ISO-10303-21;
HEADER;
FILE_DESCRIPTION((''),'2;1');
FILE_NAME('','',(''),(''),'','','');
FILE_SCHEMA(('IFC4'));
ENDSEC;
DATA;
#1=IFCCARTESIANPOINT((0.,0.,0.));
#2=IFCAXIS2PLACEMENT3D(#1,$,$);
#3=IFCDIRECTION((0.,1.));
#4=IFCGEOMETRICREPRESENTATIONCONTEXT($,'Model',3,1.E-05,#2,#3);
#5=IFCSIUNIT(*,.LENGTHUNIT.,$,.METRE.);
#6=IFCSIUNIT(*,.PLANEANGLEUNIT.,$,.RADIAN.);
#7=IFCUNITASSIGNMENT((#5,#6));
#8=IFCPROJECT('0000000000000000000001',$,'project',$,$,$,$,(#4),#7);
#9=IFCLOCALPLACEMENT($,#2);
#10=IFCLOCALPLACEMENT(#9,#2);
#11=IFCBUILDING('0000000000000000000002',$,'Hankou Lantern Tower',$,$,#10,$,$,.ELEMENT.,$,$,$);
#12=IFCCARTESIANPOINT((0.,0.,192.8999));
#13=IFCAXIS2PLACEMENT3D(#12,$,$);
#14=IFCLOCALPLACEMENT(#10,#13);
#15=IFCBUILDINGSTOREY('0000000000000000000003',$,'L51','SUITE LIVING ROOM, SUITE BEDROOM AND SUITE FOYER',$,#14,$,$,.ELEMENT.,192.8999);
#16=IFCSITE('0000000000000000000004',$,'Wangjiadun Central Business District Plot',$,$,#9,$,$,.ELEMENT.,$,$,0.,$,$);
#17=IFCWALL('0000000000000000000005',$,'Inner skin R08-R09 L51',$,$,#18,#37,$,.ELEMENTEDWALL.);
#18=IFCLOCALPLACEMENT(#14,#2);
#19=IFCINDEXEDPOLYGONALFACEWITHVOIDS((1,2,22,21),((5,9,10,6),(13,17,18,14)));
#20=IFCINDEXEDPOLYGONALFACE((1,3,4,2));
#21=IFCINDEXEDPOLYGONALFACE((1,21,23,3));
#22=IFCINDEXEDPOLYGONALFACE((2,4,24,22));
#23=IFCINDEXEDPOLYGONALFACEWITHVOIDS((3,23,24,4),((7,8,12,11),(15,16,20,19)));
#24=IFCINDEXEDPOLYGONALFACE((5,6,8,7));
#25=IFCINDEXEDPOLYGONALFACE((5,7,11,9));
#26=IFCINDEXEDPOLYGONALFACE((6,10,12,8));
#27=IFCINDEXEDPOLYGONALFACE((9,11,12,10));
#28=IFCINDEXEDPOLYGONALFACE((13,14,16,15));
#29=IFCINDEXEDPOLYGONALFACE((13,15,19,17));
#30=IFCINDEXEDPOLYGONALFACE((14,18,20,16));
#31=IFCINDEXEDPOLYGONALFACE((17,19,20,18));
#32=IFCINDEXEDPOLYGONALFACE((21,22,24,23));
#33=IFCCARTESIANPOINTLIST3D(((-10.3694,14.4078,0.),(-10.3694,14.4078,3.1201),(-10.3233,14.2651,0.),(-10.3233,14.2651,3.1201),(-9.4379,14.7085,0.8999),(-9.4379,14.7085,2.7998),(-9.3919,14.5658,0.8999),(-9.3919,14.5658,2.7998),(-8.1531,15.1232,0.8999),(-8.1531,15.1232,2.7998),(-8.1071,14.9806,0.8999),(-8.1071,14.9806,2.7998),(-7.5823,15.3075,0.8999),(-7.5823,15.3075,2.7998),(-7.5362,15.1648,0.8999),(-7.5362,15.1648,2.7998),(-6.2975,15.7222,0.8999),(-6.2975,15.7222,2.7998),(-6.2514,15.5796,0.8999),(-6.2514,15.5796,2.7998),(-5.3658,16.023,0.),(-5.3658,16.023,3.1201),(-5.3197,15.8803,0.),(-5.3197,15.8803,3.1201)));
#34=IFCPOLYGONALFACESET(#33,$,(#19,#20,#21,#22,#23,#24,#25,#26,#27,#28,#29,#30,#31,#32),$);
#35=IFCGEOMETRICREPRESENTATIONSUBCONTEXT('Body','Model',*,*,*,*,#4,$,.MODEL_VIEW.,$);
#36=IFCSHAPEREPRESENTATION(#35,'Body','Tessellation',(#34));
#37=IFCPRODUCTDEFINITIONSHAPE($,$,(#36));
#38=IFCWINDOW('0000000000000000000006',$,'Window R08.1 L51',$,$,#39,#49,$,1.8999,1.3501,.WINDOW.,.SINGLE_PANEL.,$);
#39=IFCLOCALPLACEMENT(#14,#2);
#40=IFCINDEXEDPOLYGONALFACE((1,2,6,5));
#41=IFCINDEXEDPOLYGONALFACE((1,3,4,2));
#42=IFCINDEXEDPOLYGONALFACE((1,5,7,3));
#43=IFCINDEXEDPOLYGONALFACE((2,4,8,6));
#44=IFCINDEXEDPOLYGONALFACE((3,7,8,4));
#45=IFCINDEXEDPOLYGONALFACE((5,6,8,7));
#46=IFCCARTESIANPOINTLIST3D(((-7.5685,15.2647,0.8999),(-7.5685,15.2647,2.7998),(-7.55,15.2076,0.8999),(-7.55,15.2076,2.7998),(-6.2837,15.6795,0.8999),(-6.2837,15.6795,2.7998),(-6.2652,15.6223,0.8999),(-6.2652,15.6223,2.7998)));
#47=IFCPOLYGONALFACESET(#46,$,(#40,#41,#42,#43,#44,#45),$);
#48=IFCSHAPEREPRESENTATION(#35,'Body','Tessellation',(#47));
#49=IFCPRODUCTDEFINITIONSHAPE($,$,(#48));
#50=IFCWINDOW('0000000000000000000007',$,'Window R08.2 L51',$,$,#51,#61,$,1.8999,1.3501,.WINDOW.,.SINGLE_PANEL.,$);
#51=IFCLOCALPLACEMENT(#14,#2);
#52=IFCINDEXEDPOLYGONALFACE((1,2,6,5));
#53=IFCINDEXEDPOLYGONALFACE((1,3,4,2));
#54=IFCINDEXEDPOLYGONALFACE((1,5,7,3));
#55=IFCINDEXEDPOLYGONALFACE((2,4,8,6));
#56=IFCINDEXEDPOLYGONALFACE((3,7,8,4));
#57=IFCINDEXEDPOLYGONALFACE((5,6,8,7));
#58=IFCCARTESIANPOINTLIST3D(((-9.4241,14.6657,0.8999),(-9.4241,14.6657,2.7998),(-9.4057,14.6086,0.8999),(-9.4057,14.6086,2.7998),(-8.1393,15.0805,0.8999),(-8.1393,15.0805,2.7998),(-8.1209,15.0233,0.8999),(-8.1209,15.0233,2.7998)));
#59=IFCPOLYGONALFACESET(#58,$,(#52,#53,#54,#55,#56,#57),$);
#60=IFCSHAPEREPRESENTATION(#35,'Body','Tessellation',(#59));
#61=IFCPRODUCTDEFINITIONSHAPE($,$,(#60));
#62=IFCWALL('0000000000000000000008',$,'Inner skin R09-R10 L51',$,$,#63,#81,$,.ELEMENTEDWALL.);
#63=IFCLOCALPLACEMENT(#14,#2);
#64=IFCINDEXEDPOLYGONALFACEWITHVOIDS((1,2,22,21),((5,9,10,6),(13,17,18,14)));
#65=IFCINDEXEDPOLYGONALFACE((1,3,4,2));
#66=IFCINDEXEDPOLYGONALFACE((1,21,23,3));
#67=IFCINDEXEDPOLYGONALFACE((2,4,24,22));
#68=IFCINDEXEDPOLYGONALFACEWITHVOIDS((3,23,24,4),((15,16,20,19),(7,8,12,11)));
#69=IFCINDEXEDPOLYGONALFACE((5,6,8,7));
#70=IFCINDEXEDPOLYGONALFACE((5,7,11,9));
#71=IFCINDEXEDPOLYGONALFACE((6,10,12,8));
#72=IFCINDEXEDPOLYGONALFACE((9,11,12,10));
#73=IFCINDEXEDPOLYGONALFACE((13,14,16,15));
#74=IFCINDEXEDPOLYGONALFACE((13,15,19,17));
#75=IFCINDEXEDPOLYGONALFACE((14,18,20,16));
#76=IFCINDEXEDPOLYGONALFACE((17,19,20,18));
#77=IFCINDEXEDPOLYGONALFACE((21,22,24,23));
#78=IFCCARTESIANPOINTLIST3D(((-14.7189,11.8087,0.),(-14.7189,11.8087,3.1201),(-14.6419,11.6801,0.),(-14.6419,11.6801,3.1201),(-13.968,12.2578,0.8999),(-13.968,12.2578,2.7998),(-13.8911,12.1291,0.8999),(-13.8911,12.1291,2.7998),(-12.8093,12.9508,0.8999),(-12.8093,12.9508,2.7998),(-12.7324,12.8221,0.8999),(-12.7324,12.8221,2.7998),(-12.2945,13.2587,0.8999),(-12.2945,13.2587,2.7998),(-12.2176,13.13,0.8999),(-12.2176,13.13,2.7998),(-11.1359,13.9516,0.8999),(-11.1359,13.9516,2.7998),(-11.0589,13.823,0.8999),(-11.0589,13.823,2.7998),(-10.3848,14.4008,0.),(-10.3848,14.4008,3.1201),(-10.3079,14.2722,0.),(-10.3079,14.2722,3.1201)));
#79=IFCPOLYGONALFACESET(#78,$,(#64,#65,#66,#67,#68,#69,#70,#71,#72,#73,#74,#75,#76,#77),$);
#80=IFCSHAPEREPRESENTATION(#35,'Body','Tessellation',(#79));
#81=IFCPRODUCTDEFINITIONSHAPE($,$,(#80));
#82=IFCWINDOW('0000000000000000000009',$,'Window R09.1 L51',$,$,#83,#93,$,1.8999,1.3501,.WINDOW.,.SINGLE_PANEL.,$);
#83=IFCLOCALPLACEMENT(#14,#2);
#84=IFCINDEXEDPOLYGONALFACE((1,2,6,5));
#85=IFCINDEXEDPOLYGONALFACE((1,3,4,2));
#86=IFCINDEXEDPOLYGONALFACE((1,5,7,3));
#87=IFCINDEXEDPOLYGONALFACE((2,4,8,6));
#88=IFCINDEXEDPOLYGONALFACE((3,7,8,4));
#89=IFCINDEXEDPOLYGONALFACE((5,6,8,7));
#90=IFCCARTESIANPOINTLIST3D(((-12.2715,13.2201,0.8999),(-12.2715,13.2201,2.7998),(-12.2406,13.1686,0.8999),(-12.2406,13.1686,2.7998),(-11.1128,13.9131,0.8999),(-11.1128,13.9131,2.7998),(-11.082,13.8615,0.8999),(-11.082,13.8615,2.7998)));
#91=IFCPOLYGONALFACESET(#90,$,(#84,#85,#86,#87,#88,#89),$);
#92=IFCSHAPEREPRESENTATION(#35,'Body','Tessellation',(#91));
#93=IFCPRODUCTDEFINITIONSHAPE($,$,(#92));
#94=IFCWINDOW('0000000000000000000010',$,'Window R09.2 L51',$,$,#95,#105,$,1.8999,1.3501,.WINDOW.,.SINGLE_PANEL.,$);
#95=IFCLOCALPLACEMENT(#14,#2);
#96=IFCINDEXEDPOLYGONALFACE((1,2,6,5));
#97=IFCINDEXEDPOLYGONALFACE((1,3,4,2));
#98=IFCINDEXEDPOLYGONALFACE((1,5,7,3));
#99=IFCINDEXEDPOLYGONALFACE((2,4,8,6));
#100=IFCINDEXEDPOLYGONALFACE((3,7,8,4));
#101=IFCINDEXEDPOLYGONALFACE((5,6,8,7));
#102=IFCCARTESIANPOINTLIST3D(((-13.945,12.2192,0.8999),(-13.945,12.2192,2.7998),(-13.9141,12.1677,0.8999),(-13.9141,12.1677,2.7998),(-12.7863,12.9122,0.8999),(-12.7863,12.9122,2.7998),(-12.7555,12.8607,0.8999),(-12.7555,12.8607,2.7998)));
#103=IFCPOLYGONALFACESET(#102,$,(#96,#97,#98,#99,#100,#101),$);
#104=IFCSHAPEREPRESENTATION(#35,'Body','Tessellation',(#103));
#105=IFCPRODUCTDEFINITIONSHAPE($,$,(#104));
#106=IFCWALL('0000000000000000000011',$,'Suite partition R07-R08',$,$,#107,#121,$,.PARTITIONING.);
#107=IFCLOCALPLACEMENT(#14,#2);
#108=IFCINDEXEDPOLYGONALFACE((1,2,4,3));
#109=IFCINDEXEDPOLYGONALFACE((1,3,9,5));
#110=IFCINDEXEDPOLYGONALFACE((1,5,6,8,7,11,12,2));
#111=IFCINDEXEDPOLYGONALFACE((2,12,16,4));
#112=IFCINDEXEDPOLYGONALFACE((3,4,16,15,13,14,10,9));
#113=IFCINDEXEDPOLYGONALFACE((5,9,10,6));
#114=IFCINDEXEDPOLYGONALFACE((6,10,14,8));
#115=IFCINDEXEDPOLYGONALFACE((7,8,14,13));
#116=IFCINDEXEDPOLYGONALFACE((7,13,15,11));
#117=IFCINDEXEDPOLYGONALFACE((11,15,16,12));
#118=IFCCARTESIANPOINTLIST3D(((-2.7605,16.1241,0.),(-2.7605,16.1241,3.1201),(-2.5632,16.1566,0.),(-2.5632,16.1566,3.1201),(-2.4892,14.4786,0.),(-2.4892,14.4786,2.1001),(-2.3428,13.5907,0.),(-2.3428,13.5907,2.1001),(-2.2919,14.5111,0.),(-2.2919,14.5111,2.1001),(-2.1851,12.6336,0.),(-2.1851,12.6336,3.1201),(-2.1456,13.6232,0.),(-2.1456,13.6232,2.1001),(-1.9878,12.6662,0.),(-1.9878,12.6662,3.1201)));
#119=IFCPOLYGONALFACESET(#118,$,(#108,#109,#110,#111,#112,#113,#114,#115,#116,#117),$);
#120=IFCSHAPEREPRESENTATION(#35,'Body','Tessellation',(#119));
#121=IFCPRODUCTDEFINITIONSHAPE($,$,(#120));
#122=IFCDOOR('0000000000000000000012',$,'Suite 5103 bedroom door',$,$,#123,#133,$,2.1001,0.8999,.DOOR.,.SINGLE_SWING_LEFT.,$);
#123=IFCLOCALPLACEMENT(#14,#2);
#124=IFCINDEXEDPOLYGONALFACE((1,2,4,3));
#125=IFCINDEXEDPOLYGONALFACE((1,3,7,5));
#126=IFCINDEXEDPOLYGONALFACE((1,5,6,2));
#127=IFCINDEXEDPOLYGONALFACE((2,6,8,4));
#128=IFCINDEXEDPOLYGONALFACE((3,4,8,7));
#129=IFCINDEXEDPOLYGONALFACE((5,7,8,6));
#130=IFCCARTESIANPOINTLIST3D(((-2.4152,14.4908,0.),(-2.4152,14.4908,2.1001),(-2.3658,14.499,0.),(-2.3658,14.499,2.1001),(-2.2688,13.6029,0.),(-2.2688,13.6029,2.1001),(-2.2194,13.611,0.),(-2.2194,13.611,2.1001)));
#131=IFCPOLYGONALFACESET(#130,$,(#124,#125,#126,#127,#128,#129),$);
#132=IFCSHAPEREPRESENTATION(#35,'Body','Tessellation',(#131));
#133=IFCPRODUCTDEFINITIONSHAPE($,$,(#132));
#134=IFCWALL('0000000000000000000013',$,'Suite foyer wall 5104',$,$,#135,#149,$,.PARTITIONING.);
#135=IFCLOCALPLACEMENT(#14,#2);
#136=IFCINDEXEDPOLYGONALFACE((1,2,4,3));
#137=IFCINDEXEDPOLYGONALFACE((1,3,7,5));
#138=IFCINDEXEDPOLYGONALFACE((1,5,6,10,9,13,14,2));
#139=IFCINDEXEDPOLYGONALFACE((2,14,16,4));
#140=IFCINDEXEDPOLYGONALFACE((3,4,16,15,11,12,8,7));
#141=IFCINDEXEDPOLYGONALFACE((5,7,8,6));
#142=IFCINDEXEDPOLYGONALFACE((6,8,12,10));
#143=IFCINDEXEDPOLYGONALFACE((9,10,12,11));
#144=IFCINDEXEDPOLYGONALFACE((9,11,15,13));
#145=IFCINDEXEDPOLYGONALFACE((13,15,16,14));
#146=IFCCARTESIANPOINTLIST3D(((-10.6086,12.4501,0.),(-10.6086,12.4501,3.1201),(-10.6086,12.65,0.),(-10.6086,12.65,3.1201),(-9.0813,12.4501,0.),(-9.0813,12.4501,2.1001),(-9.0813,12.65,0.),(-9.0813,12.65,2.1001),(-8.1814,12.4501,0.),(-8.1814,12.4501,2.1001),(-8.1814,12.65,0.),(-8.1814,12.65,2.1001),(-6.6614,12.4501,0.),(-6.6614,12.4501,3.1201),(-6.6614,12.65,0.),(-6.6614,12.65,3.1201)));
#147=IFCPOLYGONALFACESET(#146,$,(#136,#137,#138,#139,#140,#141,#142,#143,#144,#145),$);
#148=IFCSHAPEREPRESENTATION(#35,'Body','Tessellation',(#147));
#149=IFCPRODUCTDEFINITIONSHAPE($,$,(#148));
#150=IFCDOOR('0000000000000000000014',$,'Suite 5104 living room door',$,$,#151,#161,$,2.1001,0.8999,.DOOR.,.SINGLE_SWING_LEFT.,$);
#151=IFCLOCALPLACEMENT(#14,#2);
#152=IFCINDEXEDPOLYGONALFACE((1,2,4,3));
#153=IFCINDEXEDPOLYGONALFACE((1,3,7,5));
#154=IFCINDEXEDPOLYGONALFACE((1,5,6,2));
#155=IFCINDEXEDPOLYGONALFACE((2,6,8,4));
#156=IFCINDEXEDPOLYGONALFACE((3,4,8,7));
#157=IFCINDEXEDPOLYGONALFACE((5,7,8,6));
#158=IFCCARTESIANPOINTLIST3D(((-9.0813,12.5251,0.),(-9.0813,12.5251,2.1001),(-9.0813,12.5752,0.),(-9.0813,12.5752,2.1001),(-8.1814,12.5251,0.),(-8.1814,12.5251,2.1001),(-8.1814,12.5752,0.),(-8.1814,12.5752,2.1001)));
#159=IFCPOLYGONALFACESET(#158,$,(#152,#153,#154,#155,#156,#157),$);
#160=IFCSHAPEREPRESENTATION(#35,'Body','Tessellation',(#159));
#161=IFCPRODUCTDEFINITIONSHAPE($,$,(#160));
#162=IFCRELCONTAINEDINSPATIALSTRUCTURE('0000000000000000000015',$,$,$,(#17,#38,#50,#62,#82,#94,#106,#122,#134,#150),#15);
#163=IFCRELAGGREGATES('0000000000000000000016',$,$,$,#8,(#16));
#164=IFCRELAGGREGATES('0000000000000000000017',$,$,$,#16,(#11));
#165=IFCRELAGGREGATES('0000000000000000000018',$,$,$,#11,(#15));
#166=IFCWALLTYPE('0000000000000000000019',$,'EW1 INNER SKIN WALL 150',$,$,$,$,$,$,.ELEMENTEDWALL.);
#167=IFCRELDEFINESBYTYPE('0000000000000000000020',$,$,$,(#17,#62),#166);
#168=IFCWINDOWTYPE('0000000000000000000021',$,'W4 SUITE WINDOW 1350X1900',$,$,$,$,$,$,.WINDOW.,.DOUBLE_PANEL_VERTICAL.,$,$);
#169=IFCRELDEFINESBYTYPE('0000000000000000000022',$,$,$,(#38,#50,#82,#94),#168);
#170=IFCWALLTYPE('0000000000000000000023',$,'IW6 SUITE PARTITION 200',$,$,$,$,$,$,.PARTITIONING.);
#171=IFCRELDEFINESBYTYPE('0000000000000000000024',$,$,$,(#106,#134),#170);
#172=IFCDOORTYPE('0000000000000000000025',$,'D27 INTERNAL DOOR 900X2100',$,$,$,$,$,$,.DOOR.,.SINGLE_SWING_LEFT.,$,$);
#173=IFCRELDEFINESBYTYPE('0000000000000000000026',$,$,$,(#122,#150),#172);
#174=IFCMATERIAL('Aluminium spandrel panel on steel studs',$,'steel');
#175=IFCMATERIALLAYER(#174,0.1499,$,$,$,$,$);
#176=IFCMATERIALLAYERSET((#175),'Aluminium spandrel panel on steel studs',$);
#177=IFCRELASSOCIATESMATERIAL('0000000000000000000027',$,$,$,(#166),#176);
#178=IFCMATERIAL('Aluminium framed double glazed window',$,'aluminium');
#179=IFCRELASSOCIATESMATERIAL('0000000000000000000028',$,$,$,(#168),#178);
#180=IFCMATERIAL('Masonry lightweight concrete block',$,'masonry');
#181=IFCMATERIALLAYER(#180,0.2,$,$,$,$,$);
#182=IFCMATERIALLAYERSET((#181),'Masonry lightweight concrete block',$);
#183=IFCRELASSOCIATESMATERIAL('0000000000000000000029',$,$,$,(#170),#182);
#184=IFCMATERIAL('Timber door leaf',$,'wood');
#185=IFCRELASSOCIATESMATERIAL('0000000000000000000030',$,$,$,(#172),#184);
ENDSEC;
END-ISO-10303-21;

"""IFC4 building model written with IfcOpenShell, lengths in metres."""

from ifc_helpers import new_model, si_unit, direction, frame, frame_2d, origin, place, context, subcontext, project, spatial, rectangle, extrude, material, layer, layer_set, type_object, element, fill, save


model = new_model("IFC4")

# Units and contexts
model_context = context("Model", 3, precision=1e-05, world=origin(), true_north=direction((0.0, 1.0)))
body_context = subcontext(model_context, "Body", "Model", "MODEL_VIEW")
ifc_project = project(units=[si_unit("LENGTHUNIT", "METRE"), si_unit("PLANEANGLEUNIT", "RADIAN")], contexts=[model_context])

# Site, building, storey
site_placement = place(None, origin())
site = spatial("IfcSite", under=ifc_project, at=site_placement, Name="Wangjiadun Central Business District Plot", CompositionType="ELEMENT", RefElevation=0.0)
building_placement = place(site_placement, origin())
building = spatial("IfcBuilding", under=site, at=building_placement, Name="Hankou Lantern Tower", CompositionType="ELEMENT")
storey_placement = place(building_placement, frame((0.0, 0.0, 192.8999)))
storey = spatial("IfcBuildingStorey", under=building, at=storey_placement, Name="L51", Description="SUITE LIVING ROOM, SUITE BEDROOM AND SUITE FOYER", CompositionType="ELEMENT", Elevation=192.8999)

# Walls, openings, windows
ifc_material_1 = material(Name="Aluminium spandrel panel on steel studs", Category="steel")
ifc_layer_1 = layer(ifc_material_1, 0.1499)
ifc_layer_set_1 = layer_set([ifc_layer_1], Name="Aluminium spandrel panel on steel studs")
wall_type_1 = type_object("IfcWallType", Name="EW1 INNER SKIN WALL 150", PredefinedType="ELEMENTEDWALL", material=ifc_layer_set_1)
wall_1_placement = place(storey_placement, frame((-5.3428, 15.9517, 0.0), z_axis=(0.0, 0.0, 1.0), x_axis=(-0.951645, -0.307201, 0.0)))
wall_1 = element("IfcWall", 1, at=wall_1_placement, inside=storey, type_object=wall_type_1, Name="Inner skin R08-R09 L51", PredefinedType="ELEMENTEDWALL", context=body_context, shape_type="SweptSolid", body=[
    extrude(rectangle(XDim=5.2578, YDim=0.1499, at=frame_2d((2.6289, 0.0))), origin(), (0.0, 0.0, 1.0), 3.1201),
])
opening_1_placement = place(wall_1_placement, frame((0.979, 0.0, 0.8999)))
opening_1 = element("IfcOpeningElement", 2, at=opening_1_placement, cuts=wall_1, PredefinedType="OPENING", context=body_context, shape_type="SweptSolid", body=[
    extrude(rectangle(XDim=1.3501, YDim=1.8999, at=frame_2d((0.675, 0.95))), frame((0.0, 0.085, 0.0), z_axis=(0.0, -1.0, 0.0), x_axis=(1.0, 0.0, 0.0)), (0.0, 0.0, 1.0), 0.1699),
])
opening_2_placement = place(wall_1_placement, frame((2.929, 0.0, 0.8999)))
opening_2 = element("IfcOpeningElement", 3, at=opening_2_placement, cuts=wall_1, PredefinedType="OPENING", context=body_context, shape_type="SweptSolid", body=[
    extrude(rectangle(XDim=1.3501, YDim=1.8999, at=frame_2d((0.675, 0.95))), frame((0.0, 0.085, 0.0), z_axis=(0.0, -1.0, 0.0), x_axis=(1.0, 0.0, 0.0)), (0.0, 0.0, 1.0), 0.1699),
])
ifc_material_2 = material(Name="Aluminium framed double glazed window", Category="aluminium")
window_type = type_object("IfcWindowType", Name="W4 SUITE WINDOW 1350X1900", PartitioningType="DOUBLE_PANEL_VERTICAL", PredefinedType="WINDOW", material=ifc_material_2)
window_1_placement = place(opening_1_placement, origin())
window_1 = element("IfcWindow", 4, at=window_1_placement, inside=storey, type_object=window_type, Name="Window R08.1 L51", OverallHeight=1.8999, OverallWidth=1.3501, PartitioningType="SINGLE_PANEL", PredefinedType="WINDOW", context=body_context, shape_type="SweptSolid", body=[
    extrude(rectangle(XDim=1.3501, YDim=1.8999, at=frame_2d((0.675, 0.95))), frame((0.0, 0.03, 0.0), z_axis=(0.0, -1.0, 0.0), x_axis=(1.0, 0.0, 0.0)), (0.0, 0.0, 1.0), 0.0601),
])
fill(opening_1, window_1)
window_2_placement = place(opening_2_placement, origin())
window_2 = element("IfcWindow", 5, at=window_2_placement, inside=storey, type_object=window_type, Name="Window R08.2 L51", OverallHeight=1.8999, OverallWidth=1.3501, PartitioningType="SINGLE_PANEL", PredefinedType="WINDOW", context=body_context, shape_type="SweptSolid", body=[
    extrude(rectangle(XDim=1.3501, YDim=1.8999, at=frame_2d((0.675, 0.95))), frame((0.0, 0.03, 0.0), z_axis=(0.0, -1.0, 0.0), x_axis=(1.0, 0.0, 0.0)), (0.0, 0.0, 1.0), 0.0601),
])
fill(opening_2, window_2)
wall_2_placement = place(storey_placement, frame((-10.3464, 14.3364, 0.0), z_axis=(0.0, 0.0, 1.0), x_axis=(-0.858222, -0.51328, 0.0)))
wall_2 = element("IfcWall", 6, at=wall_2_placement, inside=storey, type_object=wall_type_1, Name="Inner skin R09-R10 L51", PredefinedType="ELEMENTEDWALL", context=body_context, shape_type="SweptSolid", body=[
    extrude(rectangle(XDim=5.05, YDim=0.1499, at=frame_2d((2.5249, 0.0))), origin(), (0.0, 0.0, 1.0), 3.1201),
])
opening_3_placement = place(wall_2_placement, frame((0.875, 0.0, 0.8999)))
opening_3 = element("IfcOpeningElement", 7, at=opening_3_placement, cuts=wall_2, PredefinedType="OPENING", context=body_context, shape_type="SweptSolid", body=[
    extrude(rectangle(XDim=1.3501, YDim=1.8999, at=frame_2d((0.675, 0.95))), frame((0.0, 0.085, 0.0), z_axis=(0.0, -1.0, 0.0), x_axis=(1.0, 0.0, 0.0)), (0.0, 0.0, 1.0), 0.1699),
])
opening_4_placement = place(wall_2_placement, frame((2.825, 0.0, 0.8999)))
opening_4 = element("IfcOpeningElement", 8, at=opening_4_placement, cuts=wall_2, PredefinedType="OPENING", context=body_context, shape_type="SweptSolid", body=[
    extrude(rectangle(XDim=1.3501, YDim=1.8999, at=frame_2d((0.675, 0.95))), frame((0.0, 0.085, 0.0), z_axis=(0.0, -1.0, 0.0), x_axis=(1.0, 0.0, 0.0)), (0.0, 0.0, 1.0), 0.1699),
])
window_3_placement = place(opening_3_placement, origin())
window_3 = element("IfcWindow", 9, at=window_3_placement, inside=storey, type_object=window_type, Name="Window R09.1 L51", OverallHeight=1.8999, OverallWidth=1.3501, PartitioningType="SINGLE_PANEL", PredefinedType="WINDOW", context=body_context, shape_type="SweptSolid", body=[
    extrude(rectangle(XDim=1.3501, YDim=1.8999, at=frame_2d((0.675, 0.95))), frame((0.0, 0.03, 0.0), z_axis=(0.0, -1.0, 0.0), x_axis=(1.0, 0.0, 0.0)), (0.0, 0.0, 1.0), 0.0601),
])
fill(opening_3, window_3)
window_4_placement = place(opening_4_placement, origin())
window_4 = element("IfcWindow", 10, at=window_4_placement, inside=storey, type_object=window_type, Name="Window R09.2 L51", OverallHeight=1.8999, OverallWidth=1.3501, PartitioningType="SINGLE_PANEL", PredefinedType="WINDOW", context=body_context, shape_type="SweptSolid", body=[
    extrude(rectangle(XDim=1.3501, YDim=1.8999, at=frame_2d((0.675, 0.95))), frame((0.0, 0.03, 0.0), z_axis=(0.0, -1.0, 0.0), x_axis=(1.0, 0.0, 0.0)), (0.0, 0.0, 1.0), 0.0601),
])
fill(opening_4, window_4)

# Walls, openings, doors
ifc_material_3 = material(Name="Masonry lightweight concrete block", Category="masonry")
ifc_layer_2 = layer(ifc_material_3, 0.2)
ifc_layer_set_2 = layer_set([ifc_layer_2], Name="Masonry lightweight concrete block")
wall_type_2 = type_object("IfcWallType", Name="IW6 SUITE PARTITION 200", PredefinedType="PARTITIONING", material=ifc_layer_set_2)
wall_3_placement = place(storey_placement, frame((-2.0864, 12.6499, 0.0), z_axis=(0.0, 0.0, 1.0), x_axis=(-0.162664, 0.986682, 0.0)))
wall_3 = element("IfcWall", 11, at=wall_3_placement, inside=storey, type_object=wall_type_2, Name="Suite partition R07-R08", PredefinedType="PARTITIONING", context=body_context, shape_type="SweptSolid", body=[
    extrude(rectangle(XDim=3.5376, YDim=0.2, at=frame_2d((1.7688, 0.0))), origin(), (0.0, 0.0, 1.0), 3.1201),
])
opening_5_placement = place(wall_3_placement, frame((0.97, 0.0, 0.0)))
opening_5 = element("IfcOpeningElement", 12, at=opening_5_placement, cuts=wall_3, PredefinedType="OPENING", context=body_context, shape_type="SweptSolid", body=[
    extrude(rectangle(XDim=0.8999, YDim=2.1001, at=frame_2d((0.45, 1.05))), frame((0.0, 0.1099, 0.0), z_axis=(0.0, -1.0, 0.0), x_axis=(1.0, 0.0, 0.0)), (0.0, 0.0, 1.0), 0.22),
])
ifc_material_4 = material(Name="Timber door leaf", Category="wood")
door_type = type_object("IfcDoorType", Name="D27 INTERNAL DOOR 900X2100", OperationType="SINGLE_SWING_LEFT", PredefinedType="DOOR", material=ifc_material_4)
door_1_placement = place(opening_5_placement, origin())
door_1 = element("IfcDoor", 13, at=door_1_placement, inside=storey, type_object=door_type, Name="Suite 5103 bedroom door", OperationType="SINGLE_SWING_LEFT", OverallHeight=2.1001, OverallWidth=0.8999, PredefinedType="DOOR", context=body_context, shape_type="SweptSolid", body=[
    extrude(rectangle(XDim=0.8999, YDim=2.1001, at=frame_2d((0.45, 1.05))), frame((0.0, 0.0249, 0.0), z_axis=(0.0, -1.0, 0.0), x_axis=(1.0, 0.0, 0.0)), (0.0, 0.0, 1.0), 0.05),
])
fill(opening_5, door_1)
wall_4_placement = place(storey_placement, frame((-6.6614, 12.55, 0.0), z_axis=(0.0, 0.0, 1.0), x_axis=(-1.0, 0.0, 0.0)))
wall_4 = element("IfcWall", 14, at=wall_4_placement, inside=storey, type_object=wall_type_2, Name="Suite foyer wall 5104", PredefinedType="PARTITIONING", context=body_context, shape_type="SweptSolid", body=[
    extrude(rectangle(XDim=3.9473, YDim=0.2, at=frame_2d((1.9736, 0.0))), origin(), (0.0, 0.0, 1.0), 3.1201),
])
opening_6_placement = place(wall_4_placement, frame((1.52, 0.0, 0.0)))
opening_6 = element("IfcOpeningElement", 15, at=opening_6_placement, cuts=wall_4, PredefinedType="OPENING", context=body_context, shape_type="SweptSolid", body=[
    extrude(rectangle(XDim=0.8999, YDim=2.1001, at=frame_2d((0.45, 1.05))), frame((0.0, 0.1099, 0.0), z_axis=(0.0, -1.0, 0.0), x_axis=(1.0, 0.0, 0.0)), (0.0, 0.0, 1.0), 0.22),
])
door_2_placement = place(opening_6_placement, origin())
door_2 = element("IfcDoor", 16, at=door_2_placement, inside=storey, type_object=door_type, Name="Suite 5104 living room door", OperationType="SINGLE_SWING_LEFT", OverallHeight=2.1001, OverallWidth=0.8999, PredefinedType="DOOR", context=body_context, shape_type="SweptSolid", body=[
    extrude(rectangle(XDim=0.8999, YDim=2.1001, at=frame_2d((0.45, 1.05))), frame((0.0, 0.0249, 0.0), z_axis=(0.0, -1.0, 0.0), x_axis=(1.0, 0.0, 0.0)), (0.0, 0.0, 1.0), 0.05),
])
fill(opening_6, door_2)

save(model, "model.ifc")
